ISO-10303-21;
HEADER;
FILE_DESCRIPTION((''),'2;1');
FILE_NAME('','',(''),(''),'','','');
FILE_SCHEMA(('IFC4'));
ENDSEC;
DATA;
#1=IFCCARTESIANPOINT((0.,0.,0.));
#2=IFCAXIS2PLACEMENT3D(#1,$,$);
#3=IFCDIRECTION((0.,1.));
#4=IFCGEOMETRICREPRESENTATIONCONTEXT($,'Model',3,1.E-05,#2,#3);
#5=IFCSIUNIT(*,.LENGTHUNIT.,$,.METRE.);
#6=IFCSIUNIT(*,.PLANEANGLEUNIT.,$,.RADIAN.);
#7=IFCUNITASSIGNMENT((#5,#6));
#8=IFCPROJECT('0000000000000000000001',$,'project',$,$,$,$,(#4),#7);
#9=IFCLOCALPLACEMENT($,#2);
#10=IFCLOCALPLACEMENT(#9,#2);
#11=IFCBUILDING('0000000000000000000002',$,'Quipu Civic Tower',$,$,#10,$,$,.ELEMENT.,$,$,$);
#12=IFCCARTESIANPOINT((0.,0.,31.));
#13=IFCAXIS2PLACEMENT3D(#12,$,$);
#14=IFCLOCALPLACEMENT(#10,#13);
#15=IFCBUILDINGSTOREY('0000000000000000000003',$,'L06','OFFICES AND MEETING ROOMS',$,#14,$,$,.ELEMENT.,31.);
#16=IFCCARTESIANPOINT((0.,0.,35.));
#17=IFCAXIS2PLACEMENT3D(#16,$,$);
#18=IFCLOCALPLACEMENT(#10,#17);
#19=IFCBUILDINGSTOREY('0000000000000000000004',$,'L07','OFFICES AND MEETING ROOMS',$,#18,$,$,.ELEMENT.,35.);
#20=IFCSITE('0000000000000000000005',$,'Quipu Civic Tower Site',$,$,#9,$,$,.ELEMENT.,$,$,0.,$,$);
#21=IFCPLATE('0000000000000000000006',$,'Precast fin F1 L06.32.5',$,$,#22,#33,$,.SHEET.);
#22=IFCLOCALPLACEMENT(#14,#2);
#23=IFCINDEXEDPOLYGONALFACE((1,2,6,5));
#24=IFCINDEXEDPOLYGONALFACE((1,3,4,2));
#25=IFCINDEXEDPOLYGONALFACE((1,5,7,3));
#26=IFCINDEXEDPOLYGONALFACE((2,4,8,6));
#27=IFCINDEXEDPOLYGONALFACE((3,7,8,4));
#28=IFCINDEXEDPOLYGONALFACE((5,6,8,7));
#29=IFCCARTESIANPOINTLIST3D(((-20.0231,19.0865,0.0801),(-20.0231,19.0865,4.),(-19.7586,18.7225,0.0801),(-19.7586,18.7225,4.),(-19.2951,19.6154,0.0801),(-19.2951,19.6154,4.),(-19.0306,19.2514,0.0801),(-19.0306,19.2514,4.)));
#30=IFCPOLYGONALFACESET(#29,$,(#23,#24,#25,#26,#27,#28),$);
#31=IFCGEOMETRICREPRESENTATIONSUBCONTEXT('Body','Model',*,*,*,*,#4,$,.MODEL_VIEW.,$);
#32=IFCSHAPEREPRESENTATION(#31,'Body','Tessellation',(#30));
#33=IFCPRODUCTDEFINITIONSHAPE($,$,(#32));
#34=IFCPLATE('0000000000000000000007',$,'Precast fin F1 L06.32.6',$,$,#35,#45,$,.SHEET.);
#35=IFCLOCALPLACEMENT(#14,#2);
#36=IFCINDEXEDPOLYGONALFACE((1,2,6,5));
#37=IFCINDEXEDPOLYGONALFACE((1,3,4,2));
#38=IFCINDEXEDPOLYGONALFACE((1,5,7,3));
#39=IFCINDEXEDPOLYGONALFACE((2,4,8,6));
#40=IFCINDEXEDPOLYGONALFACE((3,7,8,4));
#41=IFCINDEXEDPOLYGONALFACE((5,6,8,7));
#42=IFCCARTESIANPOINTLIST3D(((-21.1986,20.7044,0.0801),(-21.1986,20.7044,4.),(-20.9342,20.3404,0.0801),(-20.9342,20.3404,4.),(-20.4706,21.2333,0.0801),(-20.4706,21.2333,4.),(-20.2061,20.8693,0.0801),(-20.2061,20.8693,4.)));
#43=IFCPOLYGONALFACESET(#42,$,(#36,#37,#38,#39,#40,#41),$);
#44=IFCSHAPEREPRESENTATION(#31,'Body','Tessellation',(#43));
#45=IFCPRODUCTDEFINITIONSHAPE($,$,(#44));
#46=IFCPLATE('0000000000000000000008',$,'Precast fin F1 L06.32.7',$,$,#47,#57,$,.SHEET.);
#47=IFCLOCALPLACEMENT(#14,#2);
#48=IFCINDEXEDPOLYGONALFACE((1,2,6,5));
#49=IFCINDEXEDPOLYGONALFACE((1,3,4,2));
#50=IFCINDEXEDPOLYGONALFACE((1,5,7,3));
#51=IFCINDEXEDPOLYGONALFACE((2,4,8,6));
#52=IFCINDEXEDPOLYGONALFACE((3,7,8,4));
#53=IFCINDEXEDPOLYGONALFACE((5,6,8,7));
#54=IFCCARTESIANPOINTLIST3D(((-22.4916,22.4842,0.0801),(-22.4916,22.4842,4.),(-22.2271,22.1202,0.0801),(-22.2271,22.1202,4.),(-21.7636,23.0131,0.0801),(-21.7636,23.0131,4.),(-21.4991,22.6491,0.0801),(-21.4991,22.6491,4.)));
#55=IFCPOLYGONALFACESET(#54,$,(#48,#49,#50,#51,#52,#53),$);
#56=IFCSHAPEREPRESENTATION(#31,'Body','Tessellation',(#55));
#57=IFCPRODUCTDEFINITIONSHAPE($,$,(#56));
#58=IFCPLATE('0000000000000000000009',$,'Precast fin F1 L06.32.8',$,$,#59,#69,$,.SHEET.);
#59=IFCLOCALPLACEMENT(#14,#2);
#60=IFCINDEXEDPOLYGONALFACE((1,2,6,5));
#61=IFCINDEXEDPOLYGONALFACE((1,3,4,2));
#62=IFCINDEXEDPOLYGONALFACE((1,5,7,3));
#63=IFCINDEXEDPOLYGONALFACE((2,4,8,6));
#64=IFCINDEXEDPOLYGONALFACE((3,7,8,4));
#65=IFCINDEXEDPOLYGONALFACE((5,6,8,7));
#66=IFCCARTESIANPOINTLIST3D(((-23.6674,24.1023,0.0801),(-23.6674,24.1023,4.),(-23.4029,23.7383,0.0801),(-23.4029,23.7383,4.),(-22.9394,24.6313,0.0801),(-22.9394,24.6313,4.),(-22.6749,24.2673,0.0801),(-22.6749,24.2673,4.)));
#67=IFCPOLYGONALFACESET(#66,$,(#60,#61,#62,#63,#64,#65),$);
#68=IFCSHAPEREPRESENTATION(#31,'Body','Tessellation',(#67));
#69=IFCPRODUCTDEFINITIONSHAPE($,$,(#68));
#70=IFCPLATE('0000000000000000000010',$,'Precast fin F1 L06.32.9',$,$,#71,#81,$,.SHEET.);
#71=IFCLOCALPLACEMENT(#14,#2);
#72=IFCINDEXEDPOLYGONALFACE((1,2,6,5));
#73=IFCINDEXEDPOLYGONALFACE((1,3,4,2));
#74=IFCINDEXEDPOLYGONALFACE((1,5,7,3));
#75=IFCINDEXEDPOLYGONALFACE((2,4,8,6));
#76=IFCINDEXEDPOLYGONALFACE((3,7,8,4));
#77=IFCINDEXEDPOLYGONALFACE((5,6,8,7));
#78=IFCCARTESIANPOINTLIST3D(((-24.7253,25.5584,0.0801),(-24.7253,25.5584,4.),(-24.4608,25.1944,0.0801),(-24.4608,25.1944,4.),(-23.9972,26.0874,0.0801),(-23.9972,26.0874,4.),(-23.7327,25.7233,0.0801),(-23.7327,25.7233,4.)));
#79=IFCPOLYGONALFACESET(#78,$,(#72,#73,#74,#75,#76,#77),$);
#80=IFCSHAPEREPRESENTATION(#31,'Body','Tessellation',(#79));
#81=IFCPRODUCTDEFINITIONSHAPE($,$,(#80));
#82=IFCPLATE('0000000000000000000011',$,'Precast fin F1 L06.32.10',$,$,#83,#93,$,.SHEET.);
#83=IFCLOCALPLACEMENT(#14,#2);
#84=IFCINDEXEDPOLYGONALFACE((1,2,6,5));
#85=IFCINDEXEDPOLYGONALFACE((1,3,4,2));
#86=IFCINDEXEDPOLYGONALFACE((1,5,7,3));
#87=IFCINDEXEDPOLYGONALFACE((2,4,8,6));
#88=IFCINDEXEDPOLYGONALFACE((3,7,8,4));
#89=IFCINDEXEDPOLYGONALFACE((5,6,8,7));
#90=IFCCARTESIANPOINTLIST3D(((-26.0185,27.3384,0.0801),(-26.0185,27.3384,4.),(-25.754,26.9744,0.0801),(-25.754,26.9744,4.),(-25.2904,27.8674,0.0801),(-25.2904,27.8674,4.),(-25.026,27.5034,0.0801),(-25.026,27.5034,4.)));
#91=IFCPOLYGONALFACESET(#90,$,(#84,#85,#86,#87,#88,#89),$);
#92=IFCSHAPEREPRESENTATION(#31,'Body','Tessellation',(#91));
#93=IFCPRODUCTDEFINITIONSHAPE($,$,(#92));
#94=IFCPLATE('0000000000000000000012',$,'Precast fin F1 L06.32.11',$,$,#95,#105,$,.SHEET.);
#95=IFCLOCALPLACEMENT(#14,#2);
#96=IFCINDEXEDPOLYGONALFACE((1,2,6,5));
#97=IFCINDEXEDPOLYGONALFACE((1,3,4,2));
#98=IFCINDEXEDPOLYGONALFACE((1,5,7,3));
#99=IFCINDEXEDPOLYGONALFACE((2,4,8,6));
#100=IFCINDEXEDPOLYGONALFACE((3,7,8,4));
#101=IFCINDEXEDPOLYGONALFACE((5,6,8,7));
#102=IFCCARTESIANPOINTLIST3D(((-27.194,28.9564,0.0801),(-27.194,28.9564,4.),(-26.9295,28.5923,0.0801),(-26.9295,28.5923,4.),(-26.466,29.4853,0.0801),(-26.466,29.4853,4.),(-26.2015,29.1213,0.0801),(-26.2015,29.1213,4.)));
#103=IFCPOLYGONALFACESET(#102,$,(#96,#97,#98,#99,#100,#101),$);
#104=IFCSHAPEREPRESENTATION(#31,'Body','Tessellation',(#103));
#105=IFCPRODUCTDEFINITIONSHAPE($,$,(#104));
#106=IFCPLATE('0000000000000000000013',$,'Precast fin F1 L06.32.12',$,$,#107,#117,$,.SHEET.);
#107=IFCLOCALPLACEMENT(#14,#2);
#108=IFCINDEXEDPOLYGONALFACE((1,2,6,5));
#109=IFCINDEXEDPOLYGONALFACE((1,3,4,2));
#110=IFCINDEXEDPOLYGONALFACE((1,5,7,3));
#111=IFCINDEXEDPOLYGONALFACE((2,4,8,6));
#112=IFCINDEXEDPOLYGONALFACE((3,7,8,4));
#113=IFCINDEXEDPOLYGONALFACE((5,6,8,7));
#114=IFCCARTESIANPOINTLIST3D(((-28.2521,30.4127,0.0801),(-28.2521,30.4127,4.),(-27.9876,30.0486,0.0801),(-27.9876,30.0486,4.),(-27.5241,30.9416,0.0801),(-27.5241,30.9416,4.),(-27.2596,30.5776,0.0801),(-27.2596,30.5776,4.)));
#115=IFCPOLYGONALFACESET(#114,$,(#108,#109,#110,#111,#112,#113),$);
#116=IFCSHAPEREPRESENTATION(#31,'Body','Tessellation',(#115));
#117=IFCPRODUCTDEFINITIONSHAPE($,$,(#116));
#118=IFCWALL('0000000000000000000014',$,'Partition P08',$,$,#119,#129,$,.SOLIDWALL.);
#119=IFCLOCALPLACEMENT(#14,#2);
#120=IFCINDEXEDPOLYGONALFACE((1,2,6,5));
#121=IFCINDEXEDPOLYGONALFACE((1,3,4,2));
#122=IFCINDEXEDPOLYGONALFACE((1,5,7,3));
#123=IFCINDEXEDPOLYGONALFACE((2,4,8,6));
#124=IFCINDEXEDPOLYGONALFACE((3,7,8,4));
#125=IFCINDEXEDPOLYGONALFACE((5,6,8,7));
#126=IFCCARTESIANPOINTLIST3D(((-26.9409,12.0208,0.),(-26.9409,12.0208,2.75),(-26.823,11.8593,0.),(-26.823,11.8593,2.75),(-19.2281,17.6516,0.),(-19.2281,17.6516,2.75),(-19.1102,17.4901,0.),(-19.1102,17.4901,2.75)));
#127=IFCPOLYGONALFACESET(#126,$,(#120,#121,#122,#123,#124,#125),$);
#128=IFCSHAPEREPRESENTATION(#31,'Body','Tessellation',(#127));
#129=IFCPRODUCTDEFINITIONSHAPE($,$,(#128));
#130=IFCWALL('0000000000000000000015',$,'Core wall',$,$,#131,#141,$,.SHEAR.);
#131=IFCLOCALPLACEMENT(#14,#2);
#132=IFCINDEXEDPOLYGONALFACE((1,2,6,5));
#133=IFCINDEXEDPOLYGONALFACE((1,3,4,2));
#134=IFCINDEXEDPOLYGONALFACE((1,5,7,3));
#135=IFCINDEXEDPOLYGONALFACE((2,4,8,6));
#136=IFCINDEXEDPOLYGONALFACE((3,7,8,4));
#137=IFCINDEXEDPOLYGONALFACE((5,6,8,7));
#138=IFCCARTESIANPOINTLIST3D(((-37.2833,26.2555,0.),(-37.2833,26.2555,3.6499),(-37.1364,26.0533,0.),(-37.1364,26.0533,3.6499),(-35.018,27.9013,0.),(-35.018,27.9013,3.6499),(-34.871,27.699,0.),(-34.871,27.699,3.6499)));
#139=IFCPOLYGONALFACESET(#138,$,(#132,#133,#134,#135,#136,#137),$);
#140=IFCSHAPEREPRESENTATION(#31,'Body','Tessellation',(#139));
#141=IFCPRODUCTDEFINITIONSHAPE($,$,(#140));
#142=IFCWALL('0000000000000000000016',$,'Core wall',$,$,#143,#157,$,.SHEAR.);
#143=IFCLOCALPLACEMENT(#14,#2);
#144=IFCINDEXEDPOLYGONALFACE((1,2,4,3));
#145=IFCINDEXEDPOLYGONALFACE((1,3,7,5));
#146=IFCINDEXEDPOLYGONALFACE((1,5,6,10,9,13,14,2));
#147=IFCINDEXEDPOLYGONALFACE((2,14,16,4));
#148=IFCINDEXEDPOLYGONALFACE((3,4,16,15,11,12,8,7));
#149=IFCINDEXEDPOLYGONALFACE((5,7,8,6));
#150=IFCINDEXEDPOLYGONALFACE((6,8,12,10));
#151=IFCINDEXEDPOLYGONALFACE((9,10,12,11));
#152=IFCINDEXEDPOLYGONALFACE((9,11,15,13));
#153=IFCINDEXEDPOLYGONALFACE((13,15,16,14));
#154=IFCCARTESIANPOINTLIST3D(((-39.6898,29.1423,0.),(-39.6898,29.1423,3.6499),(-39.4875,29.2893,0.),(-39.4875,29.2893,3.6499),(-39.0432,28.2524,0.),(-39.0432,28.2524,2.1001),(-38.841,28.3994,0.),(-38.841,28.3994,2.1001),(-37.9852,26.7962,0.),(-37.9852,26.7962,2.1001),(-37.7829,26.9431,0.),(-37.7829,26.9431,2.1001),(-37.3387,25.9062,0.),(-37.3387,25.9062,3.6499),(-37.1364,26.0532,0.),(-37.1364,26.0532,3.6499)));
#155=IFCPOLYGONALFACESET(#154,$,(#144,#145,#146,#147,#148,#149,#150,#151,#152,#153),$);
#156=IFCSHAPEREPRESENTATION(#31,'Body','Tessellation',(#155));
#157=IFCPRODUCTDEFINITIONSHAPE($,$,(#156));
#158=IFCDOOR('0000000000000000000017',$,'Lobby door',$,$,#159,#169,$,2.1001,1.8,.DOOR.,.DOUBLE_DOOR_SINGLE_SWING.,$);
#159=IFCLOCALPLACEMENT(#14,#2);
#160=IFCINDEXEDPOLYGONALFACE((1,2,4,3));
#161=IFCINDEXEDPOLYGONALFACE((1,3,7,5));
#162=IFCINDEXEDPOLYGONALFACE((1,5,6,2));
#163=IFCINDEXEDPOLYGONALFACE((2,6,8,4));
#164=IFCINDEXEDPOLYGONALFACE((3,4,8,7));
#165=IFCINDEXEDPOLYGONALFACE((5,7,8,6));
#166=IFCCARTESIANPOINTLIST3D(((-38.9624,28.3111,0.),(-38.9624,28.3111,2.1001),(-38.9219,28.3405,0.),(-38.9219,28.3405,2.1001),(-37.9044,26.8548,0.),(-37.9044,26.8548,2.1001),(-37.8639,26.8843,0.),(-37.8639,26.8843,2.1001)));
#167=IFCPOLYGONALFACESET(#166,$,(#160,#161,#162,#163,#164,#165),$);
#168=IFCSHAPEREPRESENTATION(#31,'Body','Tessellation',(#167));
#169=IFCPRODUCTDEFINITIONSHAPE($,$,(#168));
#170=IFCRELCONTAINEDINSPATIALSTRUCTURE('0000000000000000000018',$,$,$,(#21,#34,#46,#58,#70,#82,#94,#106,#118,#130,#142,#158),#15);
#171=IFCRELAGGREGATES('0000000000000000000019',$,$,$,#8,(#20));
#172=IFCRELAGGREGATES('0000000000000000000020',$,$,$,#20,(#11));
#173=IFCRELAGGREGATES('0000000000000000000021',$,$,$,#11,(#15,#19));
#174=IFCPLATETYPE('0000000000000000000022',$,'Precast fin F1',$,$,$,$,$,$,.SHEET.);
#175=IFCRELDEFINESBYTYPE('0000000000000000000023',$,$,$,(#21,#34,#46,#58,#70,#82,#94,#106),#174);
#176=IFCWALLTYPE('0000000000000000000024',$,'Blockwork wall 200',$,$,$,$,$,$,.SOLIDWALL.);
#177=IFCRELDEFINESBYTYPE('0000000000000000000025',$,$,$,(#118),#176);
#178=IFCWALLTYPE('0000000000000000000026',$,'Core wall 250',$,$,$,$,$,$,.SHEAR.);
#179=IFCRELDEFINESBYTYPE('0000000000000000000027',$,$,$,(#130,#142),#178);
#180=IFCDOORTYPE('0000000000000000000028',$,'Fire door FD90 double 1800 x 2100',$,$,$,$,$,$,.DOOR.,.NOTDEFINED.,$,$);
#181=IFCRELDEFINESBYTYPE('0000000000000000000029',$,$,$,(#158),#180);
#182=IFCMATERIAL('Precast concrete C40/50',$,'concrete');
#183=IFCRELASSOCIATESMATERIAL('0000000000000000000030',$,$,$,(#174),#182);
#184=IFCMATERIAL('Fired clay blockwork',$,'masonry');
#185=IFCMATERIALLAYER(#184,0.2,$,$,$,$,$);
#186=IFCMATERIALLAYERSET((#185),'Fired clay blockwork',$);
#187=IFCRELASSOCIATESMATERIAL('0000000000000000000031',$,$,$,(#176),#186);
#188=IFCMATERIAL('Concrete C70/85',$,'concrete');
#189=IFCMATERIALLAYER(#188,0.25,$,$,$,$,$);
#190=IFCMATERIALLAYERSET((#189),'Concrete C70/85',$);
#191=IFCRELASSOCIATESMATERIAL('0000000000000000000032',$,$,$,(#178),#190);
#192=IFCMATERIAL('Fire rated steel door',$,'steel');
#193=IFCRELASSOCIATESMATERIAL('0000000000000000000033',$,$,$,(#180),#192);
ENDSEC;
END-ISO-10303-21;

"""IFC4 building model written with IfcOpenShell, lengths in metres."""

from ifc_helpers import new_model, si_unit, direction, frame, frame_2d, origin, origin_2d, place, context, subcontext, project, spatial, rectangle, extrude, material, layer, layer_set, type_object, element, fill, save


model = new_model("IFC4")

# Units and contexts
model_context = context("Model", 3, precision=1e-05, world=origin(), true_north=direction((0.0, 1.0)))
body_context = subcontext(model_context, "Body", "Model", "MODEL_VIEW")
ifc_project = project(units=[si_unit("LENGTHUNIT", "METRE"), si_unit("PLANEANGLEUNIT", "RADIAN")], contexts=[model_context])

# Site, building, storey
site_placement = place(None, origin())
site = spatial("IfcSite", under=ifc_project, at=site_placement, Name="Quipu Civic Tower Site", CompositionType="ELEMENT", RefElevation=0.0)
building_placement = place(site_placement, origin())
building = spatial("IfcBuilding", under=site, at=building_placement, Name="Quipu Civic Tower", CompositionType="ELEMENT")
storey_1_placement = place(building_placement, frame((0.0, 0.0, 31.0)))
storey_1 = spatial("IfcBuildingStorey", under=building, at=storey_1_placement, Name="L06", Description="OFFICES AND MEETING ROOMS", CompositionType="ELEMENT", Elevation=31.0)

# Shared definitions
storey_2_placement = place(building_placement, frame((0.0, 0.0, 35.0)))
storey_2 = spatial("IfcBuildingStorey", under=building, at=storey_2_placement, Name="L07", Description="OFFICES AND MEETING ROOMS", CompositionType="ELEMENT", Elevation=35.0)

# Plates
ifc_material_1 = material(Name="Precast concrete C40/50", Category="concrete")
plate_type_1 = type_object("IfcPlateType", Name="Precast fin F1", PredefinedType="SHEET", material=ifc_material_1)
for number, where, z_axis, x_axis, name in (
    (1, (-19.5269, 19.1689, 0.0801), (0.0, 0.0, 1.0), (-0.587785, 0.809017, 0.0), "Precast fin F1 L06.32.5"),
    (2, (-20.7024, 20.7869, 0.0801), (0.0, 0.0, 1.0), (-0.587785, 0.809017, 0.0), "Precast fin F1 L06.32.6"),
    (3, (-21.9954, 22.5667, 0.0801), (0.0, 0.0, 1.0), (-0.587785, 0.809017, 0.0), "Precast fin F1 L06.32.7"),
    (4, (-23.1711, 24.1848, 0.0801), (0.0, 0.0, 1.0), (-0.587785, 0.809017, 0.0), "Precast fin F1 L06.32.8"),
    (5, (-24.229, 25.6409, 0.0801), (0.0, 0.0, 1.0), (-0.587785, 0.809017, 0.0), "Precast fin F1 L06.32.9"),
    (6, (-25.5222, 27.4209, 0.0801), (0.0, 0.0, 1.0), (-0.587785, 0.809017, 0.0), "Precast fin F1 L06.32.10"),
    (7, (-26.6978, 29.0388, 0.0801), (0.0, 0.0, 1.0), (-0.587785, 0.809017, 0.0), "Precast fin F1 L06.32.11"),
    (8, (-27.7559, 30.4951, 0.0801), (0.0, 0.0, 1.0), (-0.587785, 0.809017, 0.0), "Precast fin F1 L06.32.12"),
):
    element("IfcPlate", number, at=place(storey_1_placement, frame(where, z_axis=z_axis, x_axis=x_axis)), inside=storey_1, type_object=plate_type_1, Name=name, PredefinedType="SHEET", context=body_context, shape_type="SweptSolid", body=[
        extrude(rectangle(XDim=0.45, YDim=0.8999, at=origin_2d()), origin(), (0.0, 0.0, 1.0), 3.9199),
    ])

# Walls
ifc_material_2 = material(Name="Fired clay blockwork", Category="masonry")
ifc_layer_1 = layer(ifc_material_2, 0.2)
ifc_layer_set_1 = layer_set([ifc_layer_1], Name="Fired clay blockwork")
wall_type_1 = type_object("IfcWallType", Name="Blockwork wall 200", PredefinedType="SOLIDWALL", material=ifc_layer_set_1)
wall_1_placement = place(storey_1_placement, frame((-26.8821, 11.9399, 0.0), z_axis=(0.0, 0.0, 1.0), x_axis=(0.807665, 0.589642, 0.0)))
element("IfcWall", 9, at=wall_1_placement, inside=storey_1, type_object=wall_type_1, Name="Partition P08", PredefinedType="SOLIDWALL", context=body_context, shape_type="SweptSolid", body=[
    extrude(rectangle(XDim=9.5496, YDim=0.2, at=frame_2d((4.7749, 0.0))), origin(), (0.0, 0.0, 1.0), 2.75),
])
ifc_material_3 = material(Name="Concrete C70/85", Category="concrete")
ifc_layer_2 = layer(ifc_material_3, 0.25)
ifc_layer_set_2 = layer_set([ifc_layer_2], Name="Concrete C70/85")
wall_type_2 = type_object("IfcWallType", Name="Core wall 250", PredefinedType="SHEAR", material=ifc_layer_set_2)
wall_2_placement = place(storey_1_placement, frame((-34.9446, 27.8, 0.0), z_axis=(0.0, 0.0, 1.0), x_axis=(-0.809041, -0.587752, 0.0)))
element("IfcWall", 10, at=wall_2_placement, inside=storey_1, type_object=wall_type_2, Name="Core wall", PredefinedType="SHEAR", context=body_context, shape_type="SweptSolid", body=[
    extrude(rectangle(XDim=2.8, YDim=0.25, at=frame_2d((1.3999, 0.0))), origin(), (0.0, 0.0, 1.0), 3.6499),
])

# Wall, opening, door
wall_3_placement = place(storey_1_placement, frame((-39.5886, 29.2158, 0.0), z_axis=(0.0, 0.0, 1.0), x_axis=(0.587772, -0.809026, 0.0)))
wall_3 = element("IfcWall", 11, at=wall_3_placement, inside=storey_1, type_object=wall_type_2, Name="Core wall", PredefinedType="SHEAR", context=body_context, shape_type="SweptSolid", body=[
    extrude(rectangle(XDim=4.0, YDim=0.25, at=frame_2d((2.0, 0.0))), origin(), (0.0, 0.0, 1.0), 3.6499),
])
opening_1_placement = place(wall_3_placement, frame((1.1001, 0.0, 0.0)))
opening_1 = element("IfcOpeningElement", 12, at=opening_1_placement, cuts=wall_3, PredefinedType="OPENING", context=body_context, shape_type="SweptSolid", body=[
    extrude(rectangle(XDim=1.8, YDim=2.1001, at=frame_2d((0.8999, 1.05))), frame((0.0, 0.135, 0.0), z_axis=(0.0, -1.0, 0.0), x_axis=(1.0, 0.0, 0.0)), (0.0, 0.0, 1.0), 0.27),
])
ifc_material_4 = material(Name="Fire rated steel door", Category="steel")
door_type_1 = type_object("IfcDoorType", Name="Fire door FD90 double 1800 x 2100", OperationType="NOTDEFINED", PredefinedType="DOOR", material=ifc_material_4)
door_1_placement = place(opening_1_placement, origin())
door_1 = element("IfcDoor", 13, at=door_1_placement, inside=storey_1, type_object=door_type_1, Name="Lobby door", OperationType="DOUBLE_DOOR_SINGLE_SWING", OverallHeight=2.1001, OverallWidth=1.8, PredefinedType="DOOR", context=body_context, shape_type="SweptSolid", body=[
    extrude(rectangle(XDim=1.8, YDim=2.1001, at=frame_2d((0.8999, 1.05))), frame((0.0, 0.0249, 0.0), z_axis=(0.0, -1.0, 0.0), x_axis=(1.0, 0.0, 0.0)), (0.0, 0.0, 1.0), 0.05),
])
fill(opening_1, door_1)

save(model, "model.ifc")
